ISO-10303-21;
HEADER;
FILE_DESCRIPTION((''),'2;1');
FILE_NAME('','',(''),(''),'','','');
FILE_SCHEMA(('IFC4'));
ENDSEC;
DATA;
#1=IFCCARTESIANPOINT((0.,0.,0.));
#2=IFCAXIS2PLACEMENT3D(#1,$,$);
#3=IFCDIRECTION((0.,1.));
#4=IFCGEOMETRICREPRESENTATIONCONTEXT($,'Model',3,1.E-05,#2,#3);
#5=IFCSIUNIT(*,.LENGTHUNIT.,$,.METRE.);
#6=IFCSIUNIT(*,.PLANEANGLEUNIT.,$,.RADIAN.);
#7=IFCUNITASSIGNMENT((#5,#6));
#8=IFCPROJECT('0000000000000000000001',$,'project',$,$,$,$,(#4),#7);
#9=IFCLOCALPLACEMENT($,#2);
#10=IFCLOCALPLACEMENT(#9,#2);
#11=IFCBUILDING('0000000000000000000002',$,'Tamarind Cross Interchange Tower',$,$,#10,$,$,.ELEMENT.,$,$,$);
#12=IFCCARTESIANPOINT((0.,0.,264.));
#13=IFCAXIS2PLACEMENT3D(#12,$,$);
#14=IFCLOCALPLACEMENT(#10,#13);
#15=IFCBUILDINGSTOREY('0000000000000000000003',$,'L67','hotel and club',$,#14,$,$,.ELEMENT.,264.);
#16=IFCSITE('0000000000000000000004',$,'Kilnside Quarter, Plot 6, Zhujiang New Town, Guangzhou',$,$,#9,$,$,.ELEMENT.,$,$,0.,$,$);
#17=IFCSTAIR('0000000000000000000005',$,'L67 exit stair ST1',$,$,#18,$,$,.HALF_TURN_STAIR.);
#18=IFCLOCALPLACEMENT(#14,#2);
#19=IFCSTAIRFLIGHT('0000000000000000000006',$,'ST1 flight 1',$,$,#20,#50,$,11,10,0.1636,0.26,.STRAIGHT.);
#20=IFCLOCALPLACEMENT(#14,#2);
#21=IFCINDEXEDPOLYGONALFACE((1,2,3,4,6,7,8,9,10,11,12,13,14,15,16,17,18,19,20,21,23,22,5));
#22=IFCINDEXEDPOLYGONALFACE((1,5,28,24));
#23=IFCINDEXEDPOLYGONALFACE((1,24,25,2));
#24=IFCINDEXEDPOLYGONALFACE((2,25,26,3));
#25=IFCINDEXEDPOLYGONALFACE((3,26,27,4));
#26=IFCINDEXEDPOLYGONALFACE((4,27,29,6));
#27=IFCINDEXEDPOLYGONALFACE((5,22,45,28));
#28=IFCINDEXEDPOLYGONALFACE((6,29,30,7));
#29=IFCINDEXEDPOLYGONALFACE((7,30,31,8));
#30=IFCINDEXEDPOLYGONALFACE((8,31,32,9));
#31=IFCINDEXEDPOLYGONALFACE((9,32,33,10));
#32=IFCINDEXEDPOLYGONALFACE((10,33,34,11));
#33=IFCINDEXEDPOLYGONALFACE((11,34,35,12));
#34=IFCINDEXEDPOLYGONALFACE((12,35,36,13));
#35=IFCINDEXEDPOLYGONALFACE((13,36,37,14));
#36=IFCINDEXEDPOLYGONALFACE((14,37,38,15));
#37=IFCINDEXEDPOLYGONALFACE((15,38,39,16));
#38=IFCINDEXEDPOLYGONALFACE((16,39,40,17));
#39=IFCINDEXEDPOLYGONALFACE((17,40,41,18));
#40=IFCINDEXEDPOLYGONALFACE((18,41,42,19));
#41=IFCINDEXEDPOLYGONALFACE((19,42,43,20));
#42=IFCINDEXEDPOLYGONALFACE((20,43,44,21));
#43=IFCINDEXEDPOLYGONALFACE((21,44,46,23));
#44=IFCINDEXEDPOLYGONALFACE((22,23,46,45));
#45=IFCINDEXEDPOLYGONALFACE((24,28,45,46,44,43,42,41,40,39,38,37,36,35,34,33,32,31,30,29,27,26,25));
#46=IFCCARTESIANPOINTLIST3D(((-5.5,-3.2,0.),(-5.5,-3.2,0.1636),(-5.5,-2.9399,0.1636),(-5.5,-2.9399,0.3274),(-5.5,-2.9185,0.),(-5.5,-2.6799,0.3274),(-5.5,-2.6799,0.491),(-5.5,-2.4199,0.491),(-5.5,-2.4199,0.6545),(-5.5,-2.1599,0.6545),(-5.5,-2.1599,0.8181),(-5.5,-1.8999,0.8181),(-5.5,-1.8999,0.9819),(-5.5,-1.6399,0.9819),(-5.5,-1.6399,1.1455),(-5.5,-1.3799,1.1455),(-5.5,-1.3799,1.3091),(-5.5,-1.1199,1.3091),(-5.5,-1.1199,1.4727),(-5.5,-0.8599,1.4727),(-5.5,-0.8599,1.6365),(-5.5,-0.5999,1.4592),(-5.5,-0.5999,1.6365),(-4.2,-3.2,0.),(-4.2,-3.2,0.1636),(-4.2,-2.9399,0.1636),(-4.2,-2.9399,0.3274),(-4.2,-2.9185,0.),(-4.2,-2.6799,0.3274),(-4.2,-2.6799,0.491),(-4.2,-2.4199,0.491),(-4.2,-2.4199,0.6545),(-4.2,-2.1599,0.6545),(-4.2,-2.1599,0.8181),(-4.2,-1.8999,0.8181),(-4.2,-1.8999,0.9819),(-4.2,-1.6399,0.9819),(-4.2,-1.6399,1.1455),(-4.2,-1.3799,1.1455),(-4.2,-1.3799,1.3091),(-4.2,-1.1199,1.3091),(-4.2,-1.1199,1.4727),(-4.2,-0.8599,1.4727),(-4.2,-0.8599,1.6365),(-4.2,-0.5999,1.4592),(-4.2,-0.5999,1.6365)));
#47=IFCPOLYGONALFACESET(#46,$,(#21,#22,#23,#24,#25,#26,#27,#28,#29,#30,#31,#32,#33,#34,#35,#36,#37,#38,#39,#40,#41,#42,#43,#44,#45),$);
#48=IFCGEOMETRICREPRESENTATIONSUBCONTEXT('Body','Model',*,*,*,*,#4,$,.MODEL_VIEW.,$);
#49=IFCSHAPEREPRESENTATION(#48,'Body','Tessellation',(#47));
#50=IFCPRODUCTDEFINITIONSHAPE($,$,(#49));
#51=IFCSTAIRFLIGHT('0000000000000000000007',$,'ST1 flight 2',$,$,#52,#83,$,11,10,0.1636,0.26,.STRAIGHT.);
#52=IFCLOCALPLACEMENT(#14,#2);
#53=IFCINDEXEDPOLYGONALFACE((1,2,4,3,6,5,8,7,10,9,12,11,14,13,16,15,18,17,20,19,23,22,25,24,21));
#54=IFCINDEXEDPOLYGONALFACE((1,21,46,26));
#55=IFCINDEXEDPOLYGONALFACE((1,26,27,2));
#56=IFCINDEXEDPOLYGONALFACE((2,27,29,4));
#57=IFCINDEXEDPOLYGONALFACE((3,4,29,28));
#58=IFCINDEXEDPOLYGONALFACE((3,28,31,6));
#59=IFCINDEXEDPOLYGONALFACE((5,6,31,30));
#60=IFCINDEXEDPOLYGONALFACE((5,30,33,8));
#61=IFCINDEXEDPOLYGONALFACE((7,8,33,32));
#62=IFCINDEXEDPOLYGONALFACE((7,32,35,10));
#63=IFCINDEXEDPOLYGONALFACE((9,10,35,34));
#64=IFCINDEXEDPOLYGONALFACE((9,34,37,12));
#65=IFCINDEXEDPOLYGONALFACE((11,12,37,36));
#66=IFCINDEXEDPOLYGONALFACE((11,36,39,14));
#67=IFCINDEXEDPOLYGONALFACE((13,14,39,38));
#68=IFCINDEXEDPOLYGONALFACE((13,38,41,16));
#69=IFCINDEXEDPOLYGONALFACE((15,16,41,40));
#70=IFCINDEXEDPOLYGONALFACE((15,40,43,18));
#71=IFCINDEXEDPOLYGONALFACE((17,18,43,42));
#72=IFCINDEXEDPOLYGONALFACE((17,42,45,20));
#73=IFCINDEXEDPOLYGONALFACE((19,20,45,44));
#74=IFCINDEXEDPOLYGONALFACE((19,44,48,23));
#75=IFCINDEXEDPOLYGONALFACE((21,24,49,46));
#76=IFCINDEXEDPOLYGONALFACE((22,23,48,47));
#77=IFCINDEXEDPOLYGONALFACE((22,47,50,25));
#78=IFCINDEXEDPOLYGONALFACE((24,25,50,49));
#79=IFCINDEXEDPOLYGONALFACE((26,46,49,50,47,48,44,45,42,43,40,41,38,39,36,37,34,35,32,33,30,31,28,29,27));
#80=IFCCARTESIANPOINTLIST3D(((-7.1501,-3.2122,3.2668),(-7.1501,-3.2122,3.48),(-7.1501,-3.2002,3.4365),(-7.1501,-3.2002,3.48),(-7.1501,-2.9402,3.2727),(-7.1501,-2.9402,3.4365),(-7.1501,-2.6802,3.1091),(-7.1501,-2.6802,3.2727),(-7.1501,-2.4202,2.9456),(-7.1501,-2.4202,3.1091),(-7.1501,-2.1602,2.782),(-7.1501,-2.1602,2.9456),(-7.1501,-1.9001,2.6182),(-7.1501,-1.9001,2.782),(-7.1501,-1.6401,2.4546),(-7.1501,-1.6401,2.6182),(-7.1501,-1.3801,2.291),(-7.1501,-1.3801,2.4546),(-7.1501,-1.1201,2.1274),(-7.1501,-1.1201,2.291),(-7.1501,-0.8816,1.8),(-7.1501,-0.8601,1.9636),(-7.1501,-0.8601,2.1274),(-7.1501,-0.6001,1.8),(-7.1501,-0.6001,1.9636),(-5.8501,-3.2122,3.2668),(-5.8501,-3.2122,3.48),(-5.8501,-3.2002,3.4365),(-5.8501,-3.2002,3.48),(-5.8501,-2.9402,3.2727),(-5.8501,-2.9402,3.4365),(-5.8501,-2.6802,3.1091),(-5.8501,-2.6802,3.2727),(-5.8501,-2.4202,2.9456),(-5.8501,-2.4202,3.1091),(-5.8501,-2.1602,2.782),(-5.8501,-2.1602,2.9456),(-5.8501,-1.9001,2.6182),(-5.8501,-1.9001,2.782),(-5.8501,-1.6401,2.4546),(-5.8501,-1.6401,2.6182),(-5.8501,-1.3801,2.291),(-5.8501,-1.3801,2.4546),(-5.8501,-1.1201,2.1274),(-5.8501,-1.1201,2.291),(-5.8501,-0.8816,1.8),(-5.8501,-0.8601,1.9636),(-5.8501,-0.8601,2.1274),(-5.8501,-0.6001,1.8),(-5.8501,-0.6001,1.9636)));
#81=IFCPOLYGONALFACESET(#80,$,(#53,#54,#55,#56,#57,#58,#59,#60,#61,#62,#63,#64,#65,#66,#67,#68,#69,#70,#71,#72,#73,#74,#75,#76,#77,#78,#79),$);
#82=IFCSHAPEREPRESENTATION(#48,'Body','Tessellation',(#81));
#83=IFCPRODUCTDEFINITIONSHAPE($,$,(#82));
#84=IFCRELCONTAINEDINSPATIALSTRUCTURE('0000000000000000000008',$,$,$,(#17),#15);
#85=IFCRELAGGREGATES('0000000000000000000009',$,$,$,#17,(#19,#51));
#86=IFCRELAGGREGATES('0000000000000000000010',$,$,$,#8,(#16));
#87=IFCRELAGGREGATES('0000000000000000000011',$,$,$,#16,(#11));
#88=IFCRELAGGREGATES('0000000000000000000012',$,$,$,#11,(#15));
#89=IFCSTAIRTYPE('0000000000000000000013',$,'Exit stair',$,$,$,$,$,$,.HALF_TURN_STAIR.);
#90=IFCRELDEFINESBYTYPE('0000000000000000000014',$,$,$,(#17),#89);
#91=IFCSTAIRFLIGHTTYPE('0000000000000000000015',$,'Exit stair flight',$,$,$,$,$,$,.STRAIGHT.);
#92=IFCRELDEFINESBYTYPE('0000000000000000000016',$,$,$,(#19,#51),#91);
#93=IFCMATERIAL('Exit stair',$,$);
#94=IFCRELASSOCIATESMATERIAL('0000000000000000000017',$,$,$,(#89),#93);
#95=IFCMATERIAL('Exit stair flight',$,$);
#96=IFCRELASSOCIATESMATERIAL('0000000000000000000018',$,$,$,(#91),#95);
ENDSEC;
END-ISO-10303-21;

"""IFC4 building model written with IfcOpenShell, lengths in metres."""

from ifc_helpers import new_model, si_unit, direction, frame, origin, place, context, subcontext, project, spatial, polyline, outline, extrude, material, type_object, element, aggregate, save


model = new_model("IFC4")

# Units and contexts
model_context = context("Model", 3, precision=1e-05, world=origin(), true_north=direction((0.0, 1.0)))
body_context = subcontext(model_context, "Body", "Model", "MODEL_VIEW")
ifc_project = project(units=[si_unit("LENGTHUNIT", "METRE"), si_unit("PLANEANGLEUNIT", "RADIAN")], contexts=[model_context])

# Site, building, storey
site_placement = place(None, origin())
site = spatial("IfcSite", under=ifc_project, at=site_placement, Name="Kilnside Quarter, Plot 6, Zhujiang New Town, Guangzhou", CompositionType="ELEMENT", RefElevation=0.0)
building_placement = place(site_placement, origin())
building = spatial("IfcBuilding", under=site, at=building_placement, Name="Tamarind Cross Interchange Tower", CompositionType="ELEMENT")
storey_placement = place(building_placement, frame((0.0, 0.0, 264.0)))
storey = spatial("IfcBuildingStorey", under=building, at=storey_placement, Name="L67", Description="hotel and club", CompositionType="ELEMENT", Elevation=264.0)

# Stair, stair flights
ifc_material_1 = material(Name="Exit stair")
stair_type = type_object("IfcStairType", Name="Exit stair", PredefinedType="HALF_TURN_STAIR", material=ifc_material_1)
stair_placement = place(storey_placement, origin())
stair = element("IfcStair", 1, at=stair_placement, inside=storey, type_object=stair_type, Name="L67 exit stair ST1", PredefinedType="HALF_TURN_STAIR")
ifc_material_2 = material(Name="Exit stair flight")
stair_flight_type = type_object("IfcStairFlightType", Name="Exit stair flight", PredefinedType="STRAIGHT", material=ifc_material_2)
stair_flight_1_placement = place(storey_placement, frame((-4.8501, -3.2, 0.0), z_axis=(0.0, 0.0, 1.0), x_axis=(0.0, 1.0, 0.0)))
stair_flight_1 = element("IfcStairFlight", 2, at=stair_flight_1_placement, type_object=stair_flight_type, Name="ST1 flight 1", NumberOfRisers=11, NumberOfTreads=10, PredefinedType="STRAIGHT", RiserHeight=0.1636, TreadLength=0.26, context=body_context, shape_type="SweptSolid", body=[
    extrude(outline(polyline([(0.0, 0.0), (0.0, 0.1636), (0.26, 0.1636), (0.26, 0.3274), (0.52, 0.3274), (0.52, 0.491), (0.78, 0.491), (0.78, 0.6545), (1.04, 0.6545), (1.04, 0.8181), (1.3, 0.8181), (1.3, 0.9819), (1.5601, 0.9819), (1.5601, 1.1455), (1.8201, 1.1455), (1.8201, 1.3091), (2.0801, 1.3091), (2.0801, 1.4727), (2.3401, 1.4727), (2.3401, 1.6365), (2.6001, 1.6365), (2.6001, 1.8), (2.6001, 1.4592), (0.2815, 0.0), (0.0, 0.0)])), frame((0.0, 0.6499, 0.0), z_axis=(0.0, -1.0, 0.0), x_axis=(1.0, 0.0, 0.0)), (0.0, 0.0, 1.0), 1.3),
])
stair_flight_2_placement = place(storey_placement, frame((-6.5, -0.6001, 1.8), z_axis=(0.0, 0.0, 1.0), x_axis=(0.0, -1.0, 0.0)))
stair_flight_2 = element("IfcStairFlight", 3, at=stair_flight_2_placement, type_object=stair_flight_type, Name="ST1 flight 2", NumberOfRisers=11, NumberOfTreads=10, PredefinedType="STRAIGHT", RiserHeight=0.1636, TreadLength=0.26, context=body_context, shape_type="SweptSolid", body=[
    extrude(outline(polyline([(0.0, 0.0), (0.0, 0.1636), (0.26, 0.1636), (0.26, 0.3274), (0.52, 0.3274), (0.52, 0.491), (0.78, 0.491), (0.78, 0.6545), (1.04, 0.6545), (1.04, 0.8181), (1.3, 0.8181), (1.3, 0.9819), (1.5601, 0.9819), (1.5601, 1.1455), (1.8201, 1.1455), (1.8201, 1.3091), (2.0801, 1.3091), (2.0801, 1.4727), (2.3401, 1.4727), (2.3401, 1.6365), (2.6001, 1.6365), (2.6001, 1.6799), (2.6121, 1.6799), (2.6121, 1.4668), (0.2815, 0.0), (0.0, 0.0)])), frame((0.0, 0.6499, 0.0), z_axis=(0.0, -1.0, 0.0), x_axis=(1.0, 0.0, 0.0)), (0.0, 0.0, 1.0), 1.3),
])
aggregate(stair, [stair_flight_1, stair_flight_2])

save(model, "model.ifc")
